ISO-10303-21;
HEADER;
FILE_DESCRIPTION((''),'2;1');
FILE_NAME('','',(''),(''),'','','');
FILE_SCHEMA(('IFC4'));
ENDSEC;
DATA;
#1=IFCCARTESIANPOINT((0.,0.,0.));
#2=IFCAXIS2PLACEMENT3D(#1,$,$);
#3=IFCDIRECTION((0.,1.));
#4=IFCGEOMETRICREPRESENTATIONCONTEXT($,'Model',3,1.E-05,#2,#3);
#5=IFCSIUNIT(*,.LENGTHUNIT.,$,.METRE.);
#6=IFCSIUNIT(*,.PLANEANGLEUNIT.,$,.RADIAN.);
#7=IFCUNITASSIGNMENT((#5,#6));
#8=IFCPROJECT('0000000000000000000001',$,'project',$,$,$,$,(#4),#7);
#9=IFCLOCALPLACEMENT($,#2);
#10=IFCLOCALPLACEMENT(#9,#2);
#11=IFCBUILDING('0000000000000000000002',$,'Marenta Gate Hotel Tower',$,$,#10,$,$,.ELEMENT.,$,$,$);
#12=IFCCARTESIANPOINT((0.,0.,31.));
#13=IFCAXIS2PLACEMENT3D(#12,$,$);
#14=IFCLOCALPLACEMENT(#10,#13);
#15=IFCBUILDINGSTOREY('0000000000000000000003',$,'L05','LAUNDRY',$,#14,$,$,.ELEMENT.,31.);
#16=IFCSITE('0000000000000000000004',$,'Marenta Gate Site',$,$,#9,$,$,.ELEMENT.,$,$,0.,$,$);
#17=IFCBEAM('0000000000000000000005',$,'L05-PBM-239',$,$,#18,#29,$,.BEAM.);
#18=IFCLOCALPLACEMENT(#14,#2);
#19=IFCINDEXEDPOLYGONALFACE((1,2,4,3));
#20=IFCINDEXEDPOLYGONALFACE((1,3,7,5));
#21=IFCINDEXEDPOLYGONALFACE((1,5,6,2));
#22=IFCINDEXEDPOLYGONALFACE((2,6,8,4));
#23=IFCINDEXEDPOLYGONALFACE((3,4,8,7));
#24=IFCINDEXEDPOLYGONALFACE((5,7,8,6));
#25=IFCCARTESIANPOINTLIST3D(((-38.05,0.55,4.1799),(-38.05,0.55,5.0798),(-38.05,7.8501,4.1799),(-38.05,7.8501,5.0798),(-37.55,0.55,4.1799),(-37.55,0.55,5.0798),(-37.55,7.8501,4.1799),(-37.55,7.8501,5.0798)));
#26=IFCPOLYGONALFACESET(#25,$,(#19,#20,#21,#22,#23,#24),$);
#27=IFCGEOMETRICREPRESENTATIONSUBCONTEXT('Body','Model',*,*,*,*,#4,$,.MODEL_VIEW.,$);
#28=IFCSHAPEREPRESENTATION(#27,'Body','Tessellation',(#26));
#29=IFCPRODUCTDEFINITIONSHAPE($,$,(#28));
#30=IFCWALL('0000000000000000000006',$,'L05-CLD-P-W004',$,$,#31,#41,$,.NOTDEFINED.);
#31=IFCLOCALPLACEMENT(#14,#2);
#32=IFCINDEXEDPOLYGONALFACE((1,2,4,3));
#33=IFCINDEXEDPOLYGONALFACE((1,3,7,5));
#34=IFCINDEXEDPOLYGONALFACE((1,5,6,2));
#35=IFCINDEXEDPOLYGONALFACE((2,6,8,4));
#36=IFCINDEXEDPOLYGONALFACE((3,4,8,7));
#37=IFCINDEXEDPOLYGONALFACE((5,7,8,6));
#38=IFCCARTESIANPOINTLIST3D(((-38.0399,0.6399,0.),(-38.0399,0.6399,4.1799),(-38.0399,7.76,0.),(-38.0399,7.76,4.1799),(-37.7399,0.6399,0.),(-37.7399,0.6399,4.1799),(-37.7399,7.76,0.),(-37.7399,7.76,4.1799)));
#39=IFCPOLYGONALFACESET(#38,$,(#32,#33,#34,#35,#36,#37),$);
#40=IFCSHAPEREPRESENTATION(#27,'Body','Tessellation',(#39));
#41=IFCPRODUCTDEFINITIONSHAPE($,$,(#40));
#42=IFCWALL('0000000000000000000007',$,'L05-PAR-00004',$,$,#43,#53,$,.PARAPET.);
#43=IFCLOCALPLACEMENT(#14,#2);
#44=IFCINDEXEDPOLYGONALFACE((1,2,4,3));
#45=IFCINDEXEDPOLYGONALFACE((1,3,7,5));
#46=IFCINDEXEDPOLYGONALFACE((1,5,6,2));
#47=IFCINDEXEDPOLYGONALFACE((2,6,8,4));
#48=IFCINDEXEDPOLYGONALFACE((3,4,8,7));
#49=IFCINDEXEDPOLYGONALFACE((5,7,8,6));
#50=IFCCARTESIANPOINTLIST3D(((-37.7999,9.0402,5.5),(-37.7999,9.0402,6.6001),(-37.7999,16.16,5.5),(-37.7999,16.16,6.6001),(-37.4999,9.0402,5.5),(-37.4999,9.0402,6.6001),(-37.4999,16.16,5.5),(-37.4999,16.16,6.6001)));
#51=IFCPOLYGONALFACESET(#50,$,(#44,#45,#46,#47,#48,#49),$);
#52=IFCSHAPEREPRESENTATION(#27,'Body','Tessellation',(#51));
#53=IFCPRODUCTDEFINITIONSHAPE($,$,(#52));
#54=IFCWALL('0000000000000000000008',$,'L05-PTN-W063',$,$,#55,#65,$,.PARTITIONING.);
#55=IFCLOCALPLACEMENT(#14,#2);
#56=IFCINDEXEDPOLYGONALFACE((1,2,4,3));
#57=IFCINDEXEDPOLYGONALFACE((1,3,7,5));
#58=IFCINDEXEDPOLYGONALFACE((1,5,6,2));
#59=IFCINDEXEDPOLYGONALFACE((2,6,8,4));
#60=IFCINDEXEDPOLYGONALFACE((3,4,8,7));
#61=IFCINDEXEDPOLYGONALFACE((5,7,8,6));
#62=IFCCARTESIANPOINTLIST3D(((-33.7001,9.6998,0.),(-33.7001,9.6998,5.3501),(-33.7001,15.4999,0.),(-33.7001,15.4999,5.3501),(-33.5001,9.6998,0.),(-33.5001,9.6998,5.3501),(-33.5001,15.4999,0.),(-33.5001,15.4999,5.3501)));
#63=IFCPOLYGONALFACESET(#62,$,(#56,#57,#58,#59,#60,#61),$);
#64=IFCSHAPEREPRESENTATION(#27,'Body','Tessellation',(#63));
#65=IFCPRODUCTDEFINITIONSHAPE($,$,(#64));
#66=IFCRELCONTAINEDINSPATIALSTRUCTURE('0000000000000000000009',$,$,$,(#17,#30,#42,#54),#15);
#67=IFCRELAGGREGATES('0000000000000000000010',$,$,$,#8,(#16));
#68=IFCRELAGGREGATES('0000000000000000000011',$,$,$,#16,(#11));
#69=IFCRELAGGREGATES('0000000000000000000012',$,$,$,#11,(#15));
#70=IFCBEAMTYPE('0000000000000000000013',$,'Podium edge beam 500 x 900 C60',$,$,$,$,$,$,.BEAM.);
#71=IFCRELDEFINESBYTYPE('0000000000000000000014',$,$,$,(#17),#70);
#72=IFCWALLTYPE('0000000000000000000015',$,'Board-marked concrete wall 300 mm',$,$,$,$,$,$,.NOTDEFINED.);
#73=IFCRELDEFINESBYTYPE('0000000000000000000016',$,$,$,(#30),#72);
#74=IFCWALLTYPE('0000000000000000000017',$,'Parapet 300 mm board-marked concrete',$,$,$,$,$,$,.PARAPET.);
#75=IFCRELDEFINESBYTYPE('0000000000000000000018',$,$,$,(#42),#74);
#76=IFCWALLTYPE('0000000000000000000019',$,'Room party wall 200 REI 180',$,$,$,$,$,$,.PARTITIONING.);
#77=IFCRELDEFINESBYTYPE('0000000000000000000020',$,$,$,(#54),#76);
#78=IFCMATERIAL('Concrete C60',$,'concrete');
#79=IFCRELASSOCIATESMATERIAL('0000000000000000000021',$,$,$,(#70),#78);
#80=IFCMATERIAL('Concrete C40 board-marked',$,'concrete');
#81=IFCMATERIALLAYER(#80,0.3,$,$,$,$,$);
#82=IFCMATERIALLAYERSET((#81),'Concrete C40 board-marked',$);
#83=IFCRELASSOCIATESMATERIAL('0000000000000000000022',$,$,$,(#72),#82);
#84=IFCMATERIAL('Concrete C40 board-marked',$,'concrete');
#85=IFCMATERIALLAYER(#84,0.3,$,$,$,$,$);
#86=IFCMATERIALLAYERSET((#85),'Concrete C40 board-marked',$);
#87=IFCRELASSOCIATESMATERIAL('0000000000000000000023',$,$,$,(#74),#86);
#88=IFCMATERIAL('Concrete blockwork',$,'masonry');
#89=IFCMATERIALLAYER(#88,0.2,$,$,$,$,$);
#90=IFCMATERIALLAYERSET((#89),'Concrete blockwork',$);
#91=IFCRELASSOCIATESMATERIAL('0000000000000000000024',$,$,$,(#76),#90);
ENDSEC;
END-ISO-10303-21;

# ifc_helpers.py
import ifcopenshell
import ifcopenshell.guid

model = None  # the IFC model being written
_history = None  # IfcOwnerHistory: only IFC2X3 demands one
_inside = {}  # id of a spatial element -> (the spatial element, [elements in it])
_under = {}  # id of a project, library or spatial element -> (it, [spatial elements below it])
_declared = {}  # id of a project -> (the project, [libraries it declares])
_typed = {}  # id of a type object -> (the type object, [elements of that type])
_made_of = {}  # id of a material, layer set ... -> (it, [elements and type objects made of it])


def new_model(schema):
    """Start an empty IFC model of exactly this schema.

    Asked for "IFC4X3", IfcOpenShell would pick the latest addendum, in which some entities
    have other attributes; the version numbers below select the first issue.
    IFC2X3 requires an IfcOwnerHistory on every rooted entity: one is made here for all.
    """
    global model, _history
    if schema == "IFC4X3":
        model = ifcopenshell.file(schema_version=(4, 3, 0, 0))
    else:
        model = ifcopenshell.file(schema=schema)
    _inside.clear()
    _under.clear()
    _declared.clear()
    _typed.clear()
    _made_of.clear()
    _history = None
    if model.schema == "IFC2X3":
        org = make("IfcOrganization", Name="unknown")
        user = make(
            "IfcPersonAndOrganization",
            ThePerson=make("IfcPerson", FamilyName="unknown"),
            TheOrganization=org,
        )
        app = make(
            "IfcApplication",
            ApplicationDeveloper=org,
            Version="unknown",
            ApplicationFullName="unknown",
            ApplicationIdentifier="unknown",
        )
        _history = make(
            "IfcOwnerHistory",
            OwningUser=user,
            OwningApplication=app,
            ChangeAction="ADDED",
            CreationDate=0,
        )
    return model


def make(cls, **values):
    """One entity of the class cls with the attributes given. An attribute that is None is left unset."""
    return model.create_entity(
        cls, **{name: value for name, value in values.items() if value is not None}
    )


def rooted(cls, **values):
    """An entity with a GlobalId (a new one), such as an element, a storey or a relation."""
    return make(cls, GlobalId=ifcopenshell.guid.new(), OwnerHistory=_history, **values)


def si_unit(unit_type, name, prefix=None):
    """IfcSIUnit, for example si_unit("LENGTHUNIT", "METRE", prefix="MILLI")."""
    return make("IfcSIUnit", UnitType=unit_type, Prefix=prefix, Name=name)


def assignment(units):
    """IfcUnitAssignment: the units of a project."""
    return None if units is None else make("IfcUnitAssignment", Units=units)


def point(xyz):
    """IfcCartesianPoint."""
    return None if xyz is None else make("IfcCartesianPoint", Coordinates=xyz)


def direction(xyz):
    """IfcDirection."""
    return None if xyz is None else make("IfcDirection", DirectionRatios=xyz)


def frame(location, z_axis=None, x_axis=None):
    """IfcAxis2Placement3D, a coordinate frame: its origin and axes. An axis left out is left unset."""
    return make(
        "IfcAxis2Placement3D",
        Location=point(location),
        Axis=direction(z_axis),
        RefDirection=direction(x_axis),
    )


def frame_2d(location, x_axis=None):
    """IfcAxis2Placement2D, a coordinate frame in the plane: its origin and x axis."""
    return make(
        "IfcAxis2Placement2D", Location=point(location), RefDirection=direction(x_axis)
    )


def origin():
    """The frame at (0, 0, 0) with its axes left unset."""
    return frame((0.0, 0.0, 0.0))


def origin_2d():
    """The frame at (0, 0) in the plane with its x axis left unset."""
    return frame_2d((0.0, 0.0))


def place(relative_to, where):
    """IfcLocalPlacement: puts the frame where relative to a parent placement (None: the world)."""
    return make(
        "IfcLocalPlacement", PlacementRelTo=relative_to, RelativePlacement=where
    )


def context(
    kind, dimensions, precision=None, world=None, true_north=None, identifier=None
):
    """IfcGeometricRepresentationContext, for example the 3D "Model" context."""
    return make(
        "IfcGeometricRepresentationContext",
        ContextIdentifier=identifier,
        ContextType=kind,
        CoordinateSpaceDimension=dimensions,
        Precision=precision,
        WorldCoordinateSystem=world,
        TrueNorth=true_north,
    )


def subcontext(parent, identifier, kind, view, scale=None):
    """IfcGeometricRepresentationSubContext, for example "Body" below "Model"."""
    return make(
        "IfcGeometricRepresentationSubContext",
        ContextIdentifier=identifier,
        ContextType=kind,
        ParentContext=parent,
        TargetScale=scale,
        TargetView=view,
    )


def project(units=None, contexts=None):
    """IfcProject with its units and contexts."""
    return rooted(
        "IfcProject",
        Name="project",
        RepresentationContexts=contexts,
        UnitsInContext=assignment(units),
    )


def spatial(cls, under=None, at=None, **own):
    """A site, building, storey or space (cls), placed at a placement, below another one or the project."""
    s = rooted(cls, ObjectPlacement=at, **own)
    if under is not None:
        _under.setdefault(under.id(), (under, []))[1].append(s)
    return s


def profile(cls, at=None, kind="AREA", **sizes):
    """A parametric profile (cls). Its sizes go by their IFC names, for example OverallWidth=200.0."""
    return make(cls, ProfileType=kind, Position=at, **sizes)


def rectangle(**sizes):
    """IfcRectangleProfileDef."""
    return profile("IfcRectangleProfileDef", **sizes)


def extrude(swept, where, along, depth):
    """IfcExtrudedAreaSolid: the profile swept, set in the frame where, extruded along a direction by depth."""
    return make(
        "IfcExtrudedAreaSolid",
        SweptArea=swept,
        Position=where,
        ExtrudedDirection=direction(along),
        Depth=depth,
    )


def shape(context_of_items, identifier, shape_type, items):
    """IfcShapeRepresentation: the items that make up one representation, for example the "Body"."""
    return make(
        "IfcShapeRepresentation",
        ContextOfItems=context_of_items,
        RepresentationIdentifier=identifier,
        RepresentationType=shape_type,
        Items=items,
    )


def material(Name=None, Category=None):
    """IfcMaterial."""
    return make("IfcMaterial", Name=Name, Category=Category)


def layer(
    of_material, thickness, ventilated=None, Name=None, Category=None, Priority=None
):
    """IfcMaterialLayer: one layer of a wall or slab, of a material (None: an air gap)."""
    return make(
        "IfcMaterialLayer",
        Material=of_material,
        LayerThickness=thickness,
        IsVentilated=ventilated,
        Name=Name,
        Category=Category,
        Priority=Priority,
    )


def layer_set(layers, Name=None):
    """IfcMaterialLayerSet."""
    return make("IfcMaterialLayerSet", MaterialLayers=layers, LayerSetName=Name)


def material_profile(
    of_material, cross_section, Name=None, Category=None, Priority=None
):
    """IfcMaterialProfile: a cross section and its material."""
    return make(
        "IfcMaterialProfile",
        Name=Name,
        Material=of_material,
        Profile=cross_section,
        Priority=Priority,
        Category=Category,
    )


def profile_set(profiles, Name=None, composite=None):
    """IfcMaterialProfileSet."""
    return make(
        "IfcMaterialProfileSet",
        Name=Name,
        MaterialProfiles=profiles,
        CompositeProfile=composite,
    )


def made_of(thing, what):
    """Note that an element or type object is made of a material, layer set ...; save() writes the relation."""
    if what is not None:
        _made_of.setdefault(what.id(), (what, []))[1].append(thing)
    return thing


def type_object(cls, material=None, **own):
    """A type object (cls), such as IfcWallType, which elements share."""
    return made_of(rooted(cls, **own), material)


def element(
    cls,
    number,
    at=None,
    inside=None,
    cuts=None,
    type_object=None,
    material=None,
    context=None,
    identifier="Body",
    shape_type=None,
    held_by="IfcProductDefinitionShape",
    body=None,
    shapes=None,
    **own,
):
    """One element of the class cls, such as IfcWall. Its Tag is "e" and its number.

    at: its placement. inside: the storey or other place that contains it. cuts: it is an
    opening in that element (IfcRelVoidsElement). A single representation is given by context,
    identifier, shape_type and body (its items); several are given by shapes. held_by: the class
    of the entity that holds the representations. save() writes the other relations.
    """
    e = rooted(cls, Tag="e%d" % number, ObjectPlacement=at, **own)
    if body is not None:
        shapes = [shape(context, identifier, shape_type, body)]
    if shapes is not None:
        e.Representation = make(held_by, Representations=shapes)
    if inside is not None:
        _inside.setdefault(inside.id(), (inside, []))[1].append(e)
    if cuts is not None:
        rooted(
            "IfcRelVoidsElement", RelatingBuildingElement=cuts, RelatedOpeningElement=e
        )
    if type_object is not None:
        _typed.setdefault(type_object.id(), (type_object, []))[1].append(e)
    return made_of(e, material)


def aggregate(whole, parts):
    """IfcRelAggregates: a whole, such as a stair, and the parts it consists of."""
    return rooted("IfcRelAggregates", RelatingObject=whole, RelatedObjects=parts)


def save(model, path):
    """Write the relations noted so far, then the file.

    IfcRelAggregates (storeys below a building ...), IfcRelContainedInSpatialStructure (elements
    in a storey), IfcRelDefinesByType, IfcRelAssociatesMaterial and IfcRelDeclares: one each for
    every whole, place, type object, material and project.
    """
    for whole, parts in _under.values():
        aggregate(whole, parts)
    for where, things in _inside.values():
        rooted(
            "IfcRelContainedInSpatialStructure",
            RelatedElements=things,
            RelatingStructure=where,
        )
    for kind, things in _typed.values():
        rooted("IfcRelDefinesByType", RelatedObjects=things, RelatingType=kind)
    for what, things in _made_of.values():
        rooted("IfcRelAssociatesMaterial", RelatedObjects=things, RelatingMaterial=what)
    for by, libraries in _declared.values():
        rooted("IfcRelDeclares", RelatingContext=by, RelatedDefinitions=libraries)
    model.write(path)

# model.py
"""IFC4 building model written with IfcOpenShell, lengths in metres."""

from ifc_helpers import new_model, si_unit, direction, frame, frame_2d, origin, origin_2d, place, context, subcontext, project, spatial, rectangle, extrude, material, layer, layer_set, material_profile, profile_set, type_object, element, save


model = new_model("IFC4")

# Units and contexts
model_context = context("Model", 3, precision=1e-05, world=origin(), true_north=direction((0.0, 1.0)))
body_context = subcontext(model_context, "Body", "Model", "MODEL_VIEW")
ifc_project = project(units=[si_unit("LENGTHUNIT", "METRE"), si_unit("PLANEANGLEUNIT", "RADIAN")], contexts=[model_context])

# Site, building, storey
site_placement = place(None, origin())
site = spatial("IfcSite", under=ifc_project, at=site_placement, Name="Marenta Gate Site", CompositionType="ELEMENT", RefElevation=0.0)
building_placement = place(site_placement, origin())
building = spatial("IfcBuilding", under=site, at=building_placement, Name="Marenta Gate Hotel Tower", CompositionType="ELEMENT")
storey_placement = place(building_placement, frame((0.0, 0.0, 31.0)))
storey = spatial("IfcBuildingStorey", under=building, at=storey_placement, Name="L05", Description="LAUNDRY", CompositionType="ELEMENT", Elevation=31.0)

# Beam
ifc_material_1 = material(Name="Concrete C60", Category="concrete")
ifc_material_profile_1 = material_profile(ifc_material_1, rectangle(XDim=0.5, YDim=0.8999, at=origin_2d()), Name="500 x 900")
ifc_profile_set_1 = profile_set([ifc_material_profile_1], Name="Concrete C60")
beam_type_1 = type_object("IfcBeamType", Name="Podium edge beam 500 x 900 C60", PredefinedType="BEAM", material=ifc_profile_set_1)
beam_1_placement = place(storey_placement, frame((-37.8, 7.8501, 4.6299), z_axis=(0.0, -1.0, 0.0), x_axis=(1.0, 0.0, 0.0)))
element("IfcBeam", 1, at=beam_1_placement, inside=storey, type_object=beam_type_1, Name="L05-PBM-239", PredefinedType="BEAM", context=body_context, shape_type="SweptSolid", body=[
    extrude(rectangle(XDim=0.5, YDim=0.8999, at=origin_2d()), origin(), (0.0, 0.0, 1.0), 7.3),
])

# Walls
ifc_material_2 = material(Name="Concrete C40 board-marked", Category="concrete")
ifc_layer_1 = layer(ifc_material_2, 0.3)
ifc_layer_set_1 = layer_set([ifc_layer_1], Name="Concrete C40 board-marked")
wall_type_1 = type_object("IfcWallType", Name="Board-marked concrete wall 300 mm", PredefinedType="NOTDEFINED", material=ifc_layer_set_1)
wall_1_placement = place(storey_placement, frame((-37.8899, 7.76, 0.0), z_axis=(0.0, 0.0, 1.0), x_axis=(0.0, -1.0, 0.0)))
element("IfcWall", 2, at=wall_1_placement, inside=storey, type_object=wall_type_1, Name="L05-CLD-P-W004", PredefinedType="NOTDEFINED", context=body_context, shape_type="SweptSolid", body=[
    extrude(rectangle(XDim=7.1201, YDim=0.3, at=frame_2d((3.5601, 0.0))), origin(), (0.0, 0.0, 1.0), 4.1799),
])
ifc_material_3 = material(Name="Concrete C40 board-marked", Category="concrete")
ifc_layer_2 = layer(ifc_material_3, 0.3)
ifc_layer_set_2 = layer_set([ifc_layer_2], Name="Concrete C40 board-marked")
wall_type_2 = type_object("IfcWallType", Name="Parapet 300 mm board-marked concrete", PredefinedType="PARAPET", material=ifc_layer_set_2)
wall_2_placement = place(storey_placement, frame((-37.6499, 9.04, 5.5), z_axis=(0.0, 0.0, 1.0), x_axis=(0.0, 1.0, 0.0)))
element("IfcWall", 3, at=wall_2_placement, inside=storey, type_object=wall_type_2, Name="L05-PAR-00004", PredefinedType="PARAPET", context=body_context, shape_type="SweptSolid", body=[
    extrude(rectangle(XDim=7.1199, YDim=0.3, at=frame_2d((3.5601, 0.0))), origin(), (0.0, 0.0, 1.0), 1.1001),
])

# Wall
ifc_material_4 = material(Name="Concrete blockwork", Category="masonry")
ifc_layer_3 = layer(ifc_material_4, 0.2)
ifc_layer_set_3 = layer_set([ifc_layer_3], Name="Concrete blockwork")
wall_type_3 = type_object("IfcWallType", Name="Room party wall 200 REI 180", PredefinedType="PARTITIONING", material=ifc_layer_set_3)
wall_3_placement = place(storey_placement, frame((-33.6001, 9.7, 0.0), z_axis=(0.0, 0.0, 1.0), x_axis=(0.0, 1.0, 0.0)))
element("IfcWall", 4, at=wall_3_placement, inside=storey, type_object=wall_type_3, Name="L05-PTN-W063", PredefinedType="PARTITIONING", context=body_context, shape_type="SweptSolid", body=[
    extrude(rectangle(XDim=5.8, YDim=0.2, at=frame_2d((2.8999, 0.0))), origin(), (0.0, 0.0, 1.0), 5.3501),
])

save(model, "model.ifc")
